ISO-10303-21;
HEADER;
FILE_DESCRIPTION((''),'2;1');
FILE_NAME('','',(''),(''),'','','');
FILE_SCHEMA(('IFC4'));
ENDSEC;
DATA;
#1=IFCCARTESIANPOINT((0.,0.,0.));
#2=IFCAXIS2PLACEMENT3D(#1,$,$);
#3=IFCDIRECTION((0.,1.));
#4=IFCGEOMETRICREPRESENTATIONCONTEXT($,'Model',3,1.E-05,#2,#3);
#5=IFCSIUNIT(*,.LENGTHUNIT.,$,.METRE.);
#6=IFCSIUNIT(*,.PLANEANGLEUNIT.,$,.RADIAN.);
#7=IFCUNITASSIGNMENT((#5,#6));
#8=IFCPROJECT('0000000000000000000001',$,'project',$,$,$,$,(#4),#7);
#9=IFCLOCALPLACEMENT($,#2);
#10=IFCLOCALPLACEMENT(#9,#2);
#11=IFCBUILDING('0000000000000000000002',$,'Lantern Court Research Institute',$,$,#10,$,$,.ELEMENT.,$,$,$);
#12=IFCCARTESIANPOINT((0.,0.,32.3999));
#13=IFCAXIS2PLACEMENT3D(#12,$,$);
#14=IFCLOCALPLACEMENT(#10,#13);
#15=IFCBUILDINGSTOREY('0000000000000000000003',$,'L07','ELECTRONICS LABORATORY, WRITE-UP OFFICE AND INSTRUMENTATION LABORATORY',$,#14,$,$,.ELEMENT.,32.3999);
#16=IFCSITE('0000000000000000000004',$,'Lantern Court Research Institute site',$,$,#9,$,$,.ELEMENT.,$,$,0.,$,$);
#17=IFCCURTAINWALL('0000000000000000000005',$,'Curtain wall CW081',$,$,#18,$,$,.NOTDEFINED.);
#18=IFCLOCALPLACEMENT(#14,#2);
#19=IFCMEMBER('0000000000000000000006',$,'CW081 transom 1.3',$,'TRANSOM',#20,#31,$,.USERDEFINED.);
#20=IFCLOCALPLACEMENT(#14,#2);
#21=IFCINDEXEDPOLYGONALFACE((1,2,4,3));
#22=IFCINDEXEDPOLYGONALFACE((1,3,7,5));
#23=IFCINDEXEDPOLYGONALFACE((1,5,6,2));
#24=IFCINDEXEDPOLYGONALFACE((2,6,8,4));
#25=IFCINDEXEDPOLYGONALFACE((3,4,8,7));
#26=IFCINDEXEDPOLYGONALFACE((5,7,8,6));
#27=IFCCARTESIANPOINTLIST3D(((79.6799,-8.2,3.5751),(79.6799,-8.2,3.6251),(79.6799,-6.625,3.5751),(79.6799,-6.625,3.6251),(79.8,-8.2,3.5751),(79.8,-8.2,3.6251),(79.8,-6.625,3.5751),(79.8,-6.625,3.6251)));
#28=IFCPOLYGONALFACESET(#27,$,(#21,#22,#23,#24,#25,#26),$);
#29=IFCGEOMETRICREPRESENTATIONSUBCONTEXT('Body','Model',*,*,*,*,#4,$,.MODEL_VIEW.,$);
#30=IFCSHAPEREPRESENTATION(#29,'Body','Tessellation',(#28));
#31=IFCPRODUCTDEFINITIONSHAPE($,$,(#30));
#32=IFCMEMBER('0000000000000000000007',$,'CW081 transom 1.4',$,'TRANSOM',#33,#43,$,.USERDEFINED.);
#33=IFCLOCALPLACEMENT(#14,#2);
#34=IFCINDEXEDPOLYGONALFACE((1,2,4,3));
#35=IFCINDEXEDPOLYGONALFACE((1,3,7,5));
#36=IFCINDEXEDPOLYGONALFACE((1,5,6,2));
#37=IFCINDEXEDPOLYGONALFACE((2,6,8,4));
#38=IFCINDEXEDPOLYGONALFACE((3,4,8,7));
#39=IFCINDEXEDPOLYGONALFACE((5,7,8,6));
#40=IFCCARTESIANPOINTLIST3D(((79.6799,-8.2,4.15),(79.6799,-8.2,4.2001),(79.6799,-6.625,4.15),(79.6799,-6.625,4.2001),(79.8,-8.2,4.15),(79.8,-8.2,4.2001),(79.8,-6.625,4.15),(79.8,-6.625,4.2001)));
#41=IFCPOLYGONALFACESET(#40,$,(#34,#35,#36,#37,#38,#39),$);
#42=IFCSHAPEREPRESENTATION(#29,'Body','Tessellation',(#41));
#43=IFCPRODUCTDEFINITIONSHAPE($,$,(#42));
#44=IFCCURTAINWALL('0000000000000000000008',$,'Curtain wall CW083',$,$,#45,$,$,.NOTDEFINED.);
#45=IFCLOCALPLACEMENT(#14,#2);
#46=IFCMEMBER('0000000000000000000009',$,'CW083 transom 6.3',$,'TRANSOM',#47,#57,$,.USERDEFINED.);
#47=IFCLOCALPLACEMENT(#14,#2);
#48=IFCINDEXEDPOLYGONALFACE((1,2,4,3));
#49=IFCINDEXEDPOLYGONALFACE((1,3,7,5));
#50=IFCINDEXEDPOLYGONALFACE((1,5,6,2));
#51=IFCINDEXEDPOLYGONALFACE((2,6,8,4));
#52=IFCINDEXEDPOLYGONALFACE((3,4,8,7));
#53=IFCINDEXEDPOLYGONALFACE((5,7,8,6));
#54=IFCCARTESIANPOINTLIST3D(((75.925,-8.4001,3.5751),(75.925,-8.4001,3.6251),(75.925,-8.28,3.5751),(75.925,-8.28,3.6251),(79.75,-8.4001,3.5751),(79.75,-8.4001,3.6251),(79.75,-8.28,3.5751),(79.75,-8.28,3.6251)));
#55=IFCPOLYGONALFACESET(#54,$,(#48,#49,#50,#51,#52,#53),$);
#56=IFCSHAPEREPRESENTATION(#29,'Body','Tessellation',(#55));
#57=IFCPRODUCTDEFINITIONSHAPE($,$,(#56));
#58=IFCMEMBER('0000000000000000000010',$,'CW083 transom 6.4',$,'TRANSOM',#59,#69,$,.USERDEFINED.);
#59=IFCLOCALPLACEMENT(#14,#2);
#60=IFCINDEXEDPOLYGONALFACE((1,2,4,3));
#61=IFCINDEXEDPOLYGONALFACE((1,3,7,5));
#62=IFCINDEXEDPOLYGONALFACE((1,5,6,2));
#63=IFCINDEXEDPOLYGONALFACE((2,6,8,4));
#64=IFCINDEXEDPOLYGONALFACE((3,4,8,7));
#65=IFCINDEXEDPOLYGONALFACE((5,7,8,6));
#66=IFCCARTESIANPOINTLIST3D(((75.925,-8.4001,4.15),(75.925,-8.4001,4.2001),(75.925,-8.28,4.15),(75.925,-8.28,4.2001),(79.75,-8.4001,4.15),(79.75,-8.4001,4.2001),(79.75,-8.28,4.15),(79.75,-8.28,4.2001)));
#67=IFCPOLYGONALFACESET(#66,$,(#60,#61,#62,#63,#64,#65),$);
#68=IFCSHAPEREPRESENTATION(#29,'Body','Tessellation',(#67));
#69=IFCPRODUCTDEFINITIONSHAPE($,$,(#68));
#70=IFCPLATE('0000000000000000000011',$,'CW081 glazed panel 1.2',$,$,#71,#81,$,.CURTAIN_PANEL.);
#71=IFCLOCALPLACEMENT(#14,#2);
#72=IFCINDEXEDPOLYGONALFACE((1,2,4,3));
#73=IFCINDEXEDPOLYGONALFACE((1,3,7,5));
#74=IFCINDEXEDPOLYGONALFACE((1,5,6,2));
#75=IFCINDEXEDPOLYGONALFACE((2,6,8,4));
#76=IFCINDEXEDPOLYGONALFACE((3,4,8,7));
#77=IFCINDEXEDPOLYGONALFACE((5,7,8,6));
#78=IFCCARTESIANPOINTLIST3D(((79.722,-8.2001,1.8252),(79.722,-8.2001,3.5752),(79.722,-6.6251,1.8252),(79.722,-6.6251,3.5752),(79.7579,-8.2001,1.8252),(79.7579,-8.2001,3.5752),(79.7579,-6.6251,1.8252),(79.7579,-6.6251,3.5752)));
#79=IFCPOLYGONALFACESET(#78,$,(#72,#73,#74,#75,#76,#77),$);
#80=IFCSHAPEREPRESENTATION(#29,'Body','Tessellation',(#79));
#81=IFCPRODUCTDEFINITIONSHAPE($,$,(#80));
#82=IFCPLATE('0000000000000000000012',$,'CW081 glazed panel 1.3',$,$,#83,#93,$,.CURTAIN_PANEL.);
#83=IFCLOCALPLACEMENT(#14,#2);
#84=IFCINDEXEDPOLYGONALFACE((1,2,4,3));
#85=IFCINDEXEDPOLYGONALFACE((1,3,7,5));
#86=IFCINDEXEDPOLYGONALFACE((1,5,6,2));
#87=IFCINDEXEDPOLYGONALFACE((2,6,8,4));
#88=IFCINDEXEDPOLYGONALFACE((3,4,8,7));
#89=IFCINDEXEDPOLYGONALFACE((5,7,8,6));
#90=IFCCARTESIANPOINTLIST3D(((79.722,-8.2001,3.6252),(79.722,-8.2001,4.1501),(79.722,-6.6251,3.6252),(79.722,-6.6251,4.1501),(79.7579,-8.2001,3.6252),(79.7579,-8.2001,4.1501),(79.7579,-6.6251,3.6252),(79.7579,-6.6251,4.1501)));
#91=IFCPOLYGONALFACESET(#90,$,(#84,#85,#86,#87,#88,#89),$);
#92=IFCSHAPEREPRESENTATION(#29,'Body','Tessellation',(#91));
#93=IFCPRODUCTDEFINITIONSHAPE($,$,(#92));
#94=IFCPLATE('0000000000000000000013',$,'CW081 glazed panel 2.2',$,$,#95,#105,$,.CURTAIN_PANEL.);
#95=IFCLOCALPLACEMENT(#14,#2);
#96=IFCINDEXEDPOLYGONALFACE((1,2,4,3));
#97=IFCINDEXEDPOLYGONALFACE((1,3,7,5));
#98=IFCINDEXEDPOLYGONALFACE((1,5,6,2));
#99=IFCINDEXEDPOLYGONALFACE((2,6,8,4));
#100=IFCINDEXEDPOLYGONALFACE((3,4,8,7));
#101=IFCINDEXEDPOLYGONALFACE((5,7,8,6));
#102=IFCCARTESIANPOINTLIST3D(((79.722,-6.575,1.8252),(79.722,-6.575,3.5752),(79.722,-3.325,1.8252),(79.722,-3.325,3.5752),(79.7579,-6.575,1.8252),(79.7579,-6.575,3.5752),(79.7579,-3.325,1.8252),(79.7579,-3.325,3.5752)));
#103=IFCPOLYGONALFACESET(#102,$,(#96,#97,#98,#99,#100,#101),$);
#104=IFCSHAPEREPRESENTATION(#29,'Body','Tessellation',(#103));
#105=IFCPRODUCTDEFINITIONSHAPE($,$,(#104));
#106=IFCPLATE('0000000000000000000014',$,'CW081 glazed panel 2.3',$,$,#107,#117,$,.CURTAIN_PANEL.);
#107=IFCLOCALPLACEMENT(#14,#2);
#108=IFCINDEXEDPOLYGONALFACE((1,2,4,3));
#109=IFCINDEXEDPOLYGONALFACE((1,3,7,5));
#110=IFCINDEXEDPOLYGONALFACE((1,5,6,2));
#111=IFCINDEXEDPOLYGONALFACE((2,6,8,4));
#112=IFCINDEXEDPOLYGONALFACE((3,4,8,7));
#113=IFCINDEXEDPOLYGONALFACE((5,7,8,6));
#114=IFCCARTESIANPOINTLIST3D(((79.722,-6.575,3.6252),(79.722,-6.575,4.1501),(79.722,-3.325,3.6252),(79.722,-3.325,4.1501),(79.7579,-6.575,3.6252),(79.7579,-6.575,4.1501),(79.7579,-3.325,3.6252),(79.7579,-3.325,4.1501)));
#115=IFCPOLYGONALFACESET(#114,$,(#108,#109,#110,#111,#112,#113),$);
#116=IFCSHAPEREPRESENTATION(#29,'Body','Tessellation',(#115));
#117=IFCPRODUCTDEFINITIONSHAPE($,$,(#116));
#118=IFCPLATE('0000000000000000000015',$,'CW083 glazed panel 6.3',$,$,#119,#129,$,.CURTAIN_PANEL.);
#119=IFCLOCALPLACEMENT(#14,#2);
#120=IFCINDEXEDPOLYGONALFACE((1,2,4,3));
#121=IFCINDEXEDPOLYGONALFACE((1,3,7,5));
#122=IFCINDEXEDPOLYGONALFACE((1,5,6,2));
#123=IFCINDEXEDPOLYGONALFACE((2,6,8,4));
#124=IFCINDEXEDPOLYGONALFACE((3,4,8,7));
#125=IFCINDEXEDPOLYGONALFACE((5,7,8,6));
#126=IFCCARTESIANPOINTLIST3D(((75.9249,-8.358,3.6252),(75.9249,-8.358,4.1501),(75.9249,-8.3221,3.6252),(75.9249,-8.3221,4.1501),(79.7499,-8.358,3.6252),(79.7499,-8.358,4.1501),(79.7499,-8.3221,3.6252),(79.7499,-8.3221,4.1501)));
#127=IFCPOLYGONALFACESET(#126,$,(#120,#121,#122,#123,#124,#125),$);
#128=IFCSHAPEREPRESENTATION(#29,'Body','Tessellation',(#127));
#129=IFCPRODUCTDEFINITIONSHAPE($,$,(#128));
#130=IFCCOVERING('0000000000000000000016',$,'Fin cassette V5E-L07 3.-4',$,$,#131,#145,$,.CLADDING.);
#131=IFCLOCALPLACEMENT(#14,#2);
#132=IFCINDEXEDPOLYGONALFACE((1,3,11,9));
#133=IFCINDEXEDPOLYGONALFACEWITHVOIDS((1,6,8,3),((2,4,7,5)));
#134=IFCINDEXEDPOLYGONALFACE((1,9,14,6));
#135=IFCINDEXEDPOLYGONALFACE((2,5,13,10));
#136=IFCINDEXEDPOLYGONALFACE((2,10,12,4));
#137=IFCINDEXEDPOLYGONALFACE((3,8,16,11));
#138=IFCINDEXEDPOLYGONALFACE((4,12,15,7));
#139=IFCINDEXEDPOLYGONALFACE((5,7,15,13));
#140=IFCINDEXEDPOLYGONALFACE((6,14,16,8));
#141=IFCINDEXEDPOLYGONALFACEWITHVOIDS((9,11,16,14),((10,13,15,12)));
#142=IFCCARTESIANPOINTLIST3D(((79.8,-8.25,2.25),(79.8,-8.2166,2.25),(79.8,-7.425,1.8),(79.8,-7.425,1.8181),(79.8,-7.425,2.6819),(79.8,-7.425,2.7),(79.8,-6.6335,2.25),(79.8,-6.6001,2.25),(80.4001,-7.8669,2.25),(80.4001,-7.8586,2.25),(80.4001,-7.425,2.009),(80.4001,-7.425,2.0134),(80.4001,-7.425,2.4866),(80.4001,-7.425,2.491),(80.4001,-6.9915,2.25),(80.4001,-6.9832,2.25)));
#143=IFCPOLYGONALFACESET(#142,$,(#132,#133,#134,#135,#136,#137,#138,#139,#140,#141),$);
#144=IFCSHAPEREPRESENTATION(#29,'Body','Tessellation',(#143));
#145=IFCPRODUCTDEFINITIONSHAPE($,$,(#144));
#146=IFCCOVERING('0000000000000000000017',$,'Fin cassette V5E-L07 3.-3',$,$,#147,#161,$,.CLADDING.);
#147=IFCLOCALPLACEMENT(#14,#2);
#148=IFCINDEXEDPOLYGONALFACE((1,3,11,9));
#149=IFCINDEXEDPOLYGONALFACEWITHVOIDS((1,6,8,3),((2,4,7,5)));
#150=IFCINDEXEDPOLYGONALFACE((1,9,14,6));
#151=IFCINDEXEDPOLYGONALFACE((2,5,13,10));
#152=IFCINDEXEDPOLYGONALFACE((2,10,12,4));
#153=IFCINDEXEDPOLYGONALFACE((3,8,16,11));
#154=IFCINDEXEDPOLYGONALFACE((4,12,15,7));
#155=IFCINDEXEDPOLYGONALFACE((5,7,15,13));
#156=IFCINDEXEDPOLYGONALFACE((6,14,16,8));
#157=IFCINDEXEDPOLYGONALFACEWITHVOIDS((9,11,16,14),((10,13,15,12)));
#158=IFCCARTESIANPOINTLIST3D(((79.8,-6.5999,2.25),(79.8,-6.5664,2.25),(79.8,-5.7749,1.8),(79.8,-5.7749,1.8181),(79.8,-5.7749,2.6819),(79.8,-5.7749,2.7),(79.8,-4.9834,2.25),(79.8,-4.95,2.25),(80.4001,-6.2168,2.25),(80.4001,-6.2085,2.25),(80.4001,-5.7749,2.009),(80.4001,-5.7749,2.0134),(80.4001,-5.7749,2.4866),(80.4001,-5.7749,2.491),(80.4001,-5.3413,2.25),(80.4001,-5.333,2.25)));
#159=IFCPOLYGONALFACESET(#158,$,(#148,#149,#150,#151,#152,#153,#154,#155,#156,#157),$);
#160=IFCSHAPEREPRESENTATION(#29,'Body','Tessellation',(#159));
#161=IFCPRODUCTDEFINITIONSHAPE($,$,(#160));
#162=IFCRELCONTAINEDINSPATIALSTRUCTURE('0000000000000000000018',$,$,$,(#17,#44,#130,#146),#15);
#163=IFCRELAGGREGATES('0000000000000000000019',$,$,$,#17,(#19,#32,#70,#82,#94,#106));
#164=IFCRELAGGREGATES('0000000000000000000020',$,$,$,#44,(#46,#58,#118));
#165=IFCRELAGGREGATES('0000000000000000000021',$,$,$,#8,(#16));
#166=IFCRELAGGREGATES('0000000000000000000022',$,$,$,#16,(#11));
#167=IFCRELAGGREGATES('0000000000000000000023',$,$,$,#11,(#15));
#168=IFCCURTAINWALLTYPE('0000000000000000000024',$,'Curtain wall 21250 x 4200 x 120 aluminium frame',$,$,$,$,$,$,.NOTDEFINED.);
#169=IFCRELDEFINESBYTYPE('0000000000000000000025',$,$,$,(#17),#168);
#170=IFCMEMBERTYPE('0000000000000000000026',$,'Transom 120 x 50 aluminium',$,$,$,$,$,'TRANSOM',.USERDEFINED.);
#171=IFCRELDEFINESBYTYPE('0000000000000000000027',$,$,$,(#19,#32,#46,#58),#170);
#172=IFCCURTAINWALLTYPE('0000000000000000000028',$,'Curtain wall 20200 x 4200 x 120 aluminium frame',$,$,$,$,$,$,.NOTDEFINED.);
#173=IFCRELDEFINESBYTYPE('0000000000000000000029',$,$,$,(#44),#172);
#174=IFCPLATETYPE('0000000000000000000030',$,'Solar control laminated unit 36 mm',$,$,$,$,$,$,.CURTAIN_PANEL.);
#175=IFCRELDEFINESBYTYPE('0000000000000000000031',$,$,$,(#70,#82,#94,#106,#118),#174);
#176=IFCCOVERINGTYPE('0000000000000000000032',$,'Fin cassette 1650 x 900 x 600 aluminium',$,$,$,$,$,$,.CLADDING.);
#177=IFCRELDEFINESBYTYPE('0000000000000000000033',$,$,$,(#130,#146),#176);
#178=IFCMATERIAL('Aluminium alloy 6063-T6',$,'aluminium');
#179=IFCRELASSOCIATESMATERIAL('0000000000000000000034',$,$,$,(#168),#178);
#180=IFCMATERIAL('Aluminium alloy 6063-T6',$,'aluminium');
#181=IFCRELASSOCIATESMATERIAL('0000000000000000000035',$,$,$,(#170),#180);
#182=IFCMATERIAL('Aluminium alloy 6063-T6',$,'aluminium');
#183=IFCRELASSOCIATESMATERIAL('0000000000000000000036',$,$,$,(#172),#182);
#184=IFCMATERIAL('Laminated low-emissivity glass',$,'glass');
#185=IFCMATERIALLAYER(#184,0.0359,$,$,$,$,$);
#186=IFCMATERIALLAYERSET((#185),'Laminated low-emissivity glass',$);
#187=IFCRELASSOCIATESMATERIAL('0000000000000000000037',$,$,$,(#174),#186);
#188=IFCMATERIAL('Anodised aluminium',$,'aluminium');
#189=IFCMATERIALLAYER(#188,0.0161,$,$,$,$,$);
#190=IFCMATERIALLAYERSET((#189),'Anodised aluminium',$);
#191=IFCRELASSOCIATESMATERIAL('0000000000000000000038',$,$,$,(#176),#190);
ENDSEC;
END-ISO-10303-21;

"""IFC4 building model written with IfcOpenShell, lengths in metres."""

from ifc_helpers import new_model, entity, si_unit, direction, frame, origin, origin_2d, place, context, subcontext, project, spatial, rectangle, extrude, material, layer, layer_set, material_profile, profile_set, type_object, element, aggregate, save


model = new_model("IFC4")

# Units and contexts
model_context = context("Model", 3, precision=1e-05, world=origin(), true_north=direction((0.0, 1.0)))
body_context = subcontext(model_context, "Body", "Model", "MODEL_VIEW")
ifc_project = project(units=[si_unit("LENGTHUNIT", "METRE"), si_unit("PLANEANGLEUNIT", "RADIAN")], contexts=[model_context])

# Site, building, storey
site_placement = place(None, origin())
site = spatial("IfcSite", under=ifc_project, at=site_placement, Name="Lantern Court Research Institute site", CompositionType="ELEMENT", RefElevation=0.0)
building_placement = place(site_placement, origin())
building = spatial("IfcBuilding", under=site, at=building_placement, Name="Lantern Court Research Institute", CompositionType="ELEMENT")
storey_placement = place(building_placement, frame((0.0, 0.0, 32.3999)))
storey = spatial("IfcBuildingStorey", under=building, at=storey_placement, Name="L07", Description="ELECTRONICS LABORATORY, WRITE-UP OFFICE AND INSTRUMENTATION LABORATORY", CompositionType="ELEMENT", Elevation=32.3999)

# Curtain walls, members
ifc_material_1 = material(Name="Aluminium alloy 6063-T6", Category="aluminium")
curtain_wall_type_1 = type_object("IfcCurtainWallType", Name="Curtain wall 21250 x 4200 x 120 aluminium frame", PredefinedType="NOTDEFINED", material=ifc_material_1)
curtain_wall_1_placement = place(storey_placement, origin())
curtain_wall_1 = element("IfcCurtainWall", 1, at=curtain_wall_1_placement, inside=storey, type_object=curtain_wall_type_1, Name="Curtain wall CW081", PredefinedType="NOTDEFINED")
ifc_material_2 = material(Name="Aluminium alloy 6063-T6", Category="aluminium")
ifc_material_profile = material_profile(ifc_material_2, rectangle(XDim=0.1201, YDim=0.05, at=origin_2d()), Name="Transom 120 x 50")
ifc_profile_set = profile_set([ifc_material_profile], Name="Aluminium alloy 6063-T6")
member_type = type_object("IfcMemberType", Name="Transom 120 x 50 aluminium", ElementType="TRANSOM", PredefinedType="USERDEFINED", material=ifc_profile_set)
member_1_placement = place(storey_placement, frame((79.74, -6.625, 3.6001), z_axis=(0.0, -1.0, 0.0), x_axis=(1.0, 0.0, 0.0)))
member_1 = element("IfcMember", 2, at=member_1_placement, type_object=member_type, Name="CW081 transom 1.3", ObjectType="TRANSOM", PredefinedType="USERDEFINED", context=body_context, shape_type="SweptSolid", body=[
    extrude(rectangle(XDim=0.1201, YDim=0.05, at=origin_2d()), origin(), (0.0, 0.0, 1.0), 1.575),
])
member_2_placement = place(storey_placement, frame((79.74, -6.625, 4.175), z_axis=(0.0, -1.0, 0.0), x_axis=(1.0, 0.0, 0.0)))
member_2 = element("IfcMember", 3, at=member_2_placement, type_object=member_type, Name="CW081 transom 1.4", ObjectType="TRANSOM", PredefinedType="USERDEFINED", context=body_context, shape_type="SweptSolid", body=[
    extrude(rectangle(XDim=0.1201, YDim=0.05, at=origin_2d()), origin(), (0.0, 0.0, 1.0), 1.575),
])
ifc_material_3 = material(Name="Aluminium alloy 6063-T6", Category="aluminium")
curtain_wall_type_2 = type_object("IfcCurtainWallType", Name="Curtain wall 20200 x 4200 x 120 aluminium frame", PredefinedType="NOTDEFINED", material=ifc_material_3)
curtain_wall_2_placement = place(storey_placement, origin())
curtain_wall_2 = element("IfcCurtainWall", 4, at=curtain_wall_2_placement, inside=storey, type_object=curtain_wall_type_2, Name="Curtain wall CW083", PredefinedType="NOTDEFINED")
member_3_placement = place(storey_placement, frame((79.75, -8.3401, 3.6001), z_axis=(-1.0, 0.0, 0.0), x_axis=(0.0, -1.0, 0.0)))
member_3 = element("IfcMember", 5, at=member_3_placement, type_object=member_type, Name="CW083 transom 6.3", ObjectType="TRANSOM", PredefinedType="USERDEFINED", context=body_context, shape_type="SweptSolid", body=[
    extrude(rectangle(XDim=0.1201, YDim=0.05, at=origin_2d()), origin(), (0.0, 0.0, 1.0), 3.825),
])
member_4_placement = place(storey_placement, frame((79.75, -8.3401, 4.175), z_axis=(-1.0, 0.0, 0.0), x_axis=(0.0, -1.0, 0.0)))
member_4 = element("IfcMember", 6, at=member_4_placement, type_object=member_type, Name="CW083 transom 6.4", ObjectType="TRANSOM", PredefinedType="USERDEFINED", context=body_context, shape_type="SweptSolid", body=[
    extrude(rectangle(XDim=0.1201, YDim=0.05, at=origin_2d()), origin(), (0.0, 0.0, 1.0), 3.825),
])

# Plates
ifc_material_4 = material(Name="Laminated low-emissivity glass", Category="glass")
ifc_layer_1 = layer(ifc_material_4, 0.0359)
ifc_layer_set_1 = layer_set([ifc_layer_1], Name="Laminated low-emissivity glass")
plate_type = type_object("IfcPlateType", Name="Solar control laminated unit 36 mm", PredefinedType="CURTAIN_PANEL", material=ifc_layer_set_1)
plate_1_placement = place(storey_placement, frame((79.74, -7.4126, 1.8252), z_axis=(0.0, 0.0, 1.0), x_axis=(0.0, -1.0, 0.0)))
plate_1 = element("IfcPlate", 7, at=plate_1_placement, type_object=plate_type, Name="CW081 glazed panel 1.2", PredefinedType="CURTAIN_PANEL", context=body_context, shape_type="SweptSolid", body=[
    extrude(rectangle(XDim=1.575, YDim=0.0359, at=origin_2d()), origin(), (0.0, 0.0, 1.0), 1.75),
])
plate_2_placement = place(storey_placement, frame((79.74, -7.4126, 3.6252), z_axis=(0.0, 0.0, 1.0), x_axis=(0.0, -1.0, 0.0)))
plate_2 = element("IfcPlate", 8, at=plate_2_placement, type_object=plate_type, Name="CW081 glazed panel 1.3", PredefinedType="CURTAIN_PANEL", context=body_context, shape_type="SweptSolid", body=[
    extrude(rectangle(XDim=1.575, YDim=0.0359, at=origin_2d()), origin(), (0.0, 0.0, 1.0), 0.5249),
])
plate_3_placement = place(storey_placement, frame((79.74, -4.95, 1.8252), z_axis=(0.0, 0.0, 1.0), x_axis=(0.0, -1.0, 0.0)))
plate_3 = element("IfcPlate", 9, at=plate_3_placement, type_object=plate_type, Name="CW081 glazed panel 2.2", PredefinedType="CURTAIN_PANEL", context=body_context, shape_type="SweptSolid", body=[
    extrude(rectangle(XDim=3.25, YDim=0.0359, at=origin_2d()), origin(), (0.0, 0.0, 1.0), 1.75),
])
plate_4_placement = place(storey_placement, frame((79.74, -4.95, 3.6252), z_axis=(0.0, 0.0, 1.0), x_axis=(0.0, -1.0, 0.0)))
plate_4 = element("IfcPlate", 10, at=plate_4_placement, type_object=plate_type, Name="CW081 glazed panel 2.3", PredefinedType="CURTAIN_PANEL", context=body_context, shape_type="SweptSolid", body=[
    extrude(rectangle(XDim=3.25, YDim=0.0359, at=origin_2d()), origin(), (0.0, 0.0, 1.0), 0.5249),
])
aggregate(curtain_wall_1, [member_1, member_2, plate_1, plate_2, plate_3, plate_4])
plate_5_placement = place(storey_placement, frame((77.8374, -8.3401, 3.6252), z_axis=(0.0, 0.0, 1.0), x_axis=(-1.0, 0.0, 0.0)))
plate_5 = element("IfcPlate", 11, at=plate_5_placement, type_object=plate_type, Name="CW083 glazed panel 6.3", PredefinedType="CURTAIN_PANEL", context=body_context, shape_type="SweptSolid", body=[
    extrude(rectangle(XDim=3.825, YDim=0.0359, at=origin_2d()), origin(), (0.0, 0.0, 1.0), 0.5249),
])
aggregate(curtain_wall_2, [member_3, member_4, plate_5])

# Coverings
ifc_material_5 = material(Name="Anodised aluminium", Category="aluminium")
ifc_layer_2 = layer(ifc_material_5, 0.0161)
ifc_layer_set_2 = layer_set([ifc_layer_2], Name="Anodised aluminium")
covering_type = type_object("IfcCoveringType", Name="Fin cassette 1650 x 900 x 600 aluminium", PredefinedType="CLADDING", material=ifc_layer_set_2)
covering_1_placement = place(storey_placement, frame((79.8, -7.425, 2.25), z_axis=(1.0, 0.0, 0.0), x_axis=(0.0, 1.0, 0.0)))
cartesian_point_1 = entity("IfcCartesianPoint", [0.825, 0.0])
cartesian_point_2 = entity("IfcCartesianPoint", [0.7915, 0.0])
cartesian_point_3 = entity("IfcCartesianPoint", [0.4419, 0.0])
cartesian_point_4 = entity("IfcCartesianPoint", [0.4336, 0.0])
element("IfcCovering", 12, at=covering_1_placement, inside=storey, type_object=covering_type, Name="Fin cassette V5E-L07 3.-4", PredefinedType="CLADDING", context=body_context, shape_type="SweptSolid", body=[
    entity("IfcExtrudedAreaSolidTapered", entity("IfcArbitraryProfileDefWithVoids", "AREA", None, entity("IfcPolyline", [cartesian_point_1, entity("IfcCartesianPoint", [0.0, 0.45]), entity("IfcCartesianPoint", [-0.825, 0.0]), entity("IfcCartesianPoint", [0.0, -0.45]), cartesian_point_1]), [entity("IfcPolyline", [cartesian_point_2, entity("IfcCartesianPoint", [0.0, 0.4319]), entity("IfcCartesianPoint", [-0.7915, 0.0]), entity("IfcCartesianPoint", [0.0, -0.4319]), cartesian_point_2])]), entity("IfcAxis2Placement3D", entity("IfcCartesianPoint", [0.0, 0.0, 0.0])), entity("IfcDirection", [0.0, 0.0, 1.0]), 0.6001, entity("IfcArbitraryProfileDefWithVoids", "AREA", None, entity("IfcPolyline", [cartesian_point_3, entity("IfcCartesianPoint", [0.0, 0.241]), entity("IfcCartesianPoint", [-0.4419, 0.0]), entity("IfcCartesianPoint", [0.0, -0.241]), cartesian_point_3]), [entity("IfcPolyline", [cartesian_point_4, entity("IfcCartesianPoint", [0.0, 0.2366]), entity("IfcCartesianPoint", [-0.4336, 0.0]), entity("IfcCartesianPoint", [0.0, -0.2366]), cartesian_point_4])])),
])
covering_2_placement = place(storey_placement, frame((79.8, -5.7749, 2.25), z_axis=(1.0, 0.0, 0.0), x_axis=(0.0, 1.0, 0.0)))
cartesian_point_5 = entity("IfcCartesianPoint", [0.825, 0.0])
cartesian_point_6 = entity("IfcCartesianPoint", [0.7915, 0.0])
cartesian_point_7 = entity("IfcCartesianPoint", [0.4419, 0.0])
cartesian_point_8 = entity("IfcCartesianPoint", [0.4336, 0.0])
element("IfcCovering", 13, at=covering_2_placement, inside=storey, type_object=covering_type, Name="Fin cassette V5E-L07 3.-3", PredefinedType="CLADDING", context=body_context, shape_type="SweptSolid", body=[
    entity("IfcExtrudedAreaSolidTapered", entity("IfcArbitraryProfileDefWithVoids", "AREA", None, entity("IfcPolyline", [cartesian_point_5, entity("IfcCartesianPoint", [0.0, 0.45]), entity("IfcCartesianPoint", [-0.825, 0.0]), entity("IfcCartesianPoint", [0.0, -0.45]), cartesian_point_5]), [entity("IfcPolyline", [cartesian_point_6, entity("IfcCartesianPoint", [0.0, 0.4319]), entity("IfcCartesianPoint", [-0.7915, 0.0]), entity("IfcCartesianPoint", [0.0, -0.4319]), cartesian_point_6])]), entity("IfcAxis2Placement3D", entity("IfcCartesianPoint", [0.0, 0.0, 0.0])), entity("IfcDirection", [0.0, 0.0, 1.0]), 0.6001, entity("IfcArbitraryProfileDefWithVoids", "AREA", None, entity("IfcPolyline", [cartesian_point_7, entity("IfcCartesianPoint", [0.0, 0.241]), entity("IfcCartesianPoint", [-0.4419, 0.0]), entity("IfcCartesianPoint", [0.0, -0.241]), cartesian_point_7]), [entity("IfcPolyline", [cartesian_point_8, entity("IfcCartesianPoint", [0.0, 0.2366]), entity("IfcCartesianPoint", [-0.4336, 0.0]), entity("IfcCartesianPoint", [0.0, -0.2366]), cartesian_point_8])])),
])

save(model, "model.ifc")
